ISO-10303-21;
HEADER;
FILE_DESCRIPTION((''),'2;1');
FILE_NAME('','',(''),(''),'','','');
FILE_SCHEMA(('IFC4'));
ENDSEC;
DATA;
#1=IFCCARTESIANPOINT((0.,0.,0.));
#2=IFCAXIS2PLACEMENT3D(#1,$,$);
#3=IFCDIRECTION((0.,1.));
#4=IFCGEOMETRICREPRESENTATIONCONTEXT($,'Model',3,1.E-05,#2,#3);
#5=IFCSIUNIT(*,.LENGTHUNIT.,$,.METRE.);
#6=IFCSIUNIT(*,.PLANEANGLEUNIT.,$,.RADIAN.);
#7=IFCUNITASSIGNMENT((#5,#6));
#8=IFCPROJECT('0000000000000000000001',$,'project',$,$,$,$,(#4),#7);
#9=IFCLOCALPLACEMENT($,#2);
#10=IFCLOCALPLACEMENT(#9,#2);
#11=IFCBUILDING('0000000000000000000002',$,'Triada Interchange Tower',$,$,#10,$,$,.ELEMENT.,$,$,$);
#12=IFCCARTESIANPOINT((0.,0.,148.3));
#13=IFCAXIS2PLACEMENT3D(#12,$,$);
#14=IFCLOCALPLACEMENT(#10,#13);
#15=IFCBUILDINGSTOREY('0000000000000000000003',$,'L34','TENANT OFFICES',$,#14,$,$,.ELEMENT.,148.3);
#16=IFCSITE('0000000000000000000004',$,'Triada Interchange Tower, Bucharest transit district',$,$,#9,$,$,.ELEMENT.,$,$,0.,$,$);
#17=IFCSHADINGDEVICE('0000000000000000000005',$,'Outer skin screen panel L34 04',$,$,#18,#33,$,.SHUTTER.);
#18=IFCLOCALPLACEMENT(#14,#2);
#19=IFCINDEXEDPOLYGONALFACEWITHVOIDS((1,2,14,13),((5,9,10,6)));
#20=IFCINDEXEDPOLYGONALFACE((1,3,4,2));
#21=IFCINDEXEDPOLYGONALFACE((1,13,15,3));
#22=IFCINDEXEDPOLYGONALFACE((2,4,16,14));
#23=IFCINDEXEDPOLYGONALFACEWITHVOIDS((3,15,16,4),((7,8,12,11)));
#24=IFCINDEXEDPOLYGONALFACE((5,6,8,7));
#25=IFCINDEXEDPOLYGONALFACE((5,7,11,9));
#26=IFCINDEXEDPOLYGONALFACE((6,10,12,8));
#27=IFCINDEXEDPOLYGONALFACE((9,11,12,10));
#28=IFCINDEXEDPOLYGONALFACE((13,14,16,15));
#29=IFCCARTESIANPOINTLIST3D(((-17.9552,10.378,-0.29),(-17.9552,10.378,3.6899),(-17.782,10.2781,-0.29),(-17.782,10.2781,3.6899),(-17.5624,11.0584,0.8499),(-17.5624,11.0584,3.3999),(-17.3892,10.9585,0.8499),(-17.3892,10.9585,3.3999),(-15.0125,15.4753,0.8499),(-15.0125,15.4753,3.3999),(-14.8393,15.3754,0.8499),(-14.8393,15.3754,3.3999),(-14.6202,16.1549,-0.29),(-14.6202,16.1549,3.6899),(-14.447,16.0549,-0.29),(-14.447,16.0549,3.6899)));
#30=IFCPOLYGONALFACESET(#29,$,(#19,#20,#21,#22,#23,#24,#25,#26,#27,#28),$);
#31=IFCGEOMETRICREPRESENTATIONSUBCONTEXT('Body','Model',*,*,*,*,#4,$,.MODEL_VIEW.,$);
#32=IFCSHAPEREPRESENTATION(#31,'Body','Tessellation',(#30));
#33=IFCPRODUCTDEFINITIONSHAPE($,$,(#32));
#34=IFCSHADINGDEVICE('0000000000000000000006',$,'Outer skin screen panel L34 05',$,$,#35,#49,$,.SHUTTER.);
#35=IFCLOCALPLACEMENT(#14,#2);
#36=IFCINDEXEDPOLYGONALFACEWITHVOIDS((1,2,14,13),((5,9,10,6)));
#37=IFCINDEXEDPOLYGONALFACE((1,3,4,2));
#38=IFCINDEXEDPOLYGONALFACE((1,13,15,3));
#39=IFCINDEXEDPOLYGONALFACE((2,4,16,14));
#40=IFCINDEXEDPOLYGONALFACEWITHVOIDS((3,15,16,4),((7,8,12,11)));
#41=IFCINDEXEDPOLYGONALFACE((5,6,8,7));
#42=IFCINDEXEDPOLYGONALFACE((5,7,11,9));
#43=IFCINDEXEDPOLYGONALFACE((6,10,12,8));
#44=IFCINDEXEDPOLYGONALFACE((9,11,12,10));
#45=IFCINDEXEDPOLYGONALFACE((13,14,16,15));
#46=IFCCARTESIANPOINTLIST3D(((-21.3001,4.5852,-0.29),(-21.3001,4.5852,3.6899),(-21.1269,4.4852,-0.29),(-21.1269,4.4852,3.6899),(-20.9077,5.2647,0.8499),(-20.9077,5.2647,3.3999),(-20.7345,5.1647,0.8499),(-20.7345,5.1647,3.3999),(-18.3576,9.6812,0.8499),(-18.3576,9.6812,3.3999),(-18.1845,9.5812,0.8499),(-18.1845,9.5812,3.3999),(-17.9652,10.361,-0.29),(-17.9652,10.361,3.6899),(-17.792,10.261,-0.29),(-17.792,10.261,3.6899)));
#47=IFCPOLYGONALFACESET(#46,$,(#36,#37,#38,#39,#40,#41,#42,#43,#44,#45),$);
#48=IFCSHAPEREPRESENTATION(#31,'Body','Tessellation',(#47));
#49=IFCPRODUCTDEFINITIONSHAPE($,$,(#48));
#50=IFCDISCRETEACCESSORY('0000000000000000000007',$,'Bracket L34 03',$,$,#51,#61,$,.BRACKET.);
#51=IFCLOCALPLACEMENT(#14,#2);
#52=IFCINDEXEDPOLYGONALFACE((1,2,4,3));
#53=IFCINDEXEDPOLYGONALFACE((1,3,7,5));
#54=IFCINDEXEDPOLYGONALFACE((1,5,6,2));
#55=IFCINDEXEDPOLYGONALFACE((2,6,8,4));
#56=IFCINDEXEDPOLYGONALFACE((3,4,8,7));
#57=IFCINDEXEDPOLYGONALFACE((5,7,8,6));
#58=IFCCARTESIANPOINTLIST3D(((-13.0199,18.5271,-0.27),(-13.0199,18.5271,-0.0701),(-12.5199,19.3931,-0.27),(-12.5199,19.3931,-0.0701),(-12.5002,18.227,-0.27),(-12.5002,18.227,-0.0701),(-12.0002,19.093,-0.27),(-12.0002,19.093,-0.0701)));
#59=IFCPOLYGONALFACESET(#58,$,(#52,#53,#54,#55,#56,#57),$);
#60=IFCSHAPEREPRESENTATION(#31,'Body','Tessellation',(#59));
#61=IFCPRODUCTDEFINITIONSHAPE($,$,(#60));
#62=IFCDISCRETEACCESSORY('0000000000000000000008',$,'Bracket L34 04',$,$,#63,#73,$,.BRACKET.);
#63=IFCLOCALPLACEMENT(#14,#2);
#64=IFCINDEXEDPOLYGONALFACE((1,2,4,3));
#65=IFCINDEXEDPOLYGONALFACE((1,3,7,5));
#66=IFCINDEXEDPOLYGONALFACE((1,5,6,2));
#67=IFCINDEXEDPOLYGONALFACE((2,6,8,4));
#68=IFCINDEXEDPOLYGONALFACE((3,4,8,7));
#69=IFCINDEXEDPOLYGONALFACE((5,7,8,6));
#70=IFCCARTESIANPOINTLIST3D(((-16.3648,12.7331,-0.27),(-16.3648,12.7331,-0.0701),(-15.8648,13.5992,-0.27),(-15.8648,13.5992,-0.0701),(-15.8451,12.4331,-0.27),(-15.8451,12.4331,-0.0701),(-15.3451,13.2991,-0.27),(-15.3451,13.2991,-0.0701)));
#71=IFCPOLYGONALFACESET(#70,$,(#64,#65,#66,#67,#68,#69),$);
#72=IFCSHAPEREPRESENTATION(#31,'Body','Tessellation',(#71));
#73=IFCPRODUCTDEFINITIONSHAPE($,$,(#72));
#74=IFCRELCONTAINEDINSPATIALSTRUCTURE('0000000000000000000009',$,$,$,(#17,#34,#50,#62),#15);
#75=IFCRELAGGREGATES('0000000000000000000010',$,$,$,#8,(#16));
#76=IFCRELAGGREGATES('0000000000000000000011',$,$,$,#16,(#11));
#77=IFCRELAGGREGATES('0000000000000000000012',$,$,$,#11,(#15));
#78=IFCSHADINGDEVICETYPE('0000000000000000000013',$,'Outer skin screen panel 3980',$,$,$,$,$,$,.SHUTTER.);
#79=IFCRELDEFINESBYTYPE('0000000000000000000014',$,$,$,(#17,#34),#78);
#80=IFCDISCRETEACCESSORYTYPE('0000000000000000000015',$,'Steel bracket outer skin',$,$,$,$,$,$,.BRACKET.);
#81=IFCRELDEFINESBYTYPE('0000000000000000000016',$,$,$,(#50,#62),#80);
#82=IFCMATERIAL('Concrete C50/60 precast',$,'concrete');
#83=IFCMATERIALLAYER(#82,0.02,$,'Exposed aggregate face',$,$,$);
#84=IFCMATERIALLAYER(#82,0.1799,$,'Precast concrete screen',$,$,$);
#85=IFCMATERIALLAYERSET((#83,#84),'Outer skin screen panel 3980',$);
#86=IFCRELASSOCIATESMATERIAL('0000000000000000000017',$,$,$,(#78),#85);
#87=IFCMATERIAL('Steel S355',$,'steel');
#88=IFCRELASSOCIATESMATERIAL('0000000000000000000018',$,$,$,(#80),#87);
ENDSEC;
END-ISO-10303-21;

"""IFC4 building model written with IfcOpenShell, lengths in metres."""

from ifc_helpers import new_model, si_unit, direction, frame, origin, origin_2d, place, context, subcontext, project, spatial, polyline, rectangle, outline, extrude, material, layer, layer_set, type_object, element, save


model = new_model("IFC4")

# Units and contexts
model_context = context("Model", 3, precision=1e-05, world=origin(), true_north=direction((0.0, 1.0)))
body_context = subcontext(model_context, "Body", "Model", "MODEL_VIEW")
ifc_project = project(units=[si_unit("LENGTHUNIT", "METRE"), si_unit("PLANEANGLEUNIT", "RADIAN")], contexts=[model_context])

# Site, building, storey
site_placement = place(None, origin())
site = spatial("IfcSite", under=ifc_project, at=site_placement, Name="Triada Interchange Tower, Bucharest transit district", CompositionType="ELEMENT", RefElevation=0.0)
building_placement = place(site_placement, origin())
building = spatial("IfcBuilding", under=site, at=building_placement, Name="Triada Interchange Tower", CompositionType="ELEMENT")
storey_placement = place(building_placement, frame((0.0, 0.0, 148.3)))
storey = spatial("IfcBuildingStorey", under=building, at=storey_placement, Name="L34", Description="TENANT OFFICES", CompositionType="ELEMENT", Elevation=148.3)

# Shading devices
ifc_material_1 = material(Name="Concrete C50/60 precast", Category="concrete")
ifc_layer_1 = layer(ifc_material_1, 0.02, Name="Exposed aggregate face")
ifc_layer_2 = layer(ifc_material_1, 0.1799, Name="Precast concrete screen")
ifc_layer_set_1 = layer_set([ifc_layer_1, ifc_layer_2], Name="Outer skin screen panel 3980")
shading_device_type = type_object("IfcShadingDeviceType", Name="Outer skin screen panel 3980", PredefinedType="SHUTTER", material=ifc_layer_set_1)
shading_device_1_placement = place(storey_placement, frame((-14.447, 16.0549, -0.29), z_axis=(0.0, 0.0, 1.0), x_axis=(-0.499965, -0.866045, 0.0)))
element("IfcShadingDevice", 1, at=shading_device_1_placement, inside=storey, type_object=shading_device_type, Name="Outer skin screen panel L34 04", PredefinedType="SHUTTER", context=body_context, shape_type="SweptSolid", body=[
    extrude(outline(polyline([(0.0, 0.0), (6.6704, 0.0), (6.6704, 3.98), (0.0, 3.98), (0.0, 0.0)]), holes=[polyline([(0.7847, 1.1399), (0.7847, 3.6899), (5.8848, 3.6899), (5.8848, 1.1399), (0.7847, 1.1399)])]), frame((0.0, 0.0, 0.0), z_axis=(0.0, -1.0, 0.0), x_axis=(1.0, 0.0, 0.0)), (0.0, 0.0, 1.0), 0.2),
])
shading_device_2_placement = place(storey_placement, frame((-17.792, 10.261, -0.29), z_axis=(0.0, 0.0, 1.0), x_axis=(-0.500029, -0.866009, 0.0)))
element("IfcShadingDevice", 2, at=shading_device_2_placement, inside=storey, type_object=shading_device_type, Name="Outer skin screen panel L34 05", PredefinedType="SHUTTER", context=body_context, shape_type="SweptSolid", body=[
    extrude(outline(polyline([(0.0, 0.0), (6.6694, 0.0), (6.6694, 3.98), (0.0, 3.98), (0.0, 0.0)]), holes=[polyline([(0.7849, 1.1399), (0.7849, 3.6899), (5.8848, 3.6899), (5.8848, 1.1399), (0.7849, 1.1399)])]), frame((0.0, 0.0, 0.0), z_axis=(0.0, -1.0, 0.0), x_axis=(1.0, 0.0, 0.0)), (0.0, 0.0, 1.0), 0.2),
])

# Discrete accessories
ifc_material_2 = material(Name="Steel S355", Category="steel")
discrete_accessory_type = type_object("IfcDiscreteAccessoryType", Name="Steel bracket outer skin", PredefinedType="BRACKET", material=ifc_material_2)
for number, where, z_axis, x_axis, name in (
    (3, (-12.51, 18.8101, -0.27), (0.0, 0.0, 1.0), (-0.866021, 0.500007, 0.0), "Bracket L34 03"),
    (4, (-15.855, 13.0161, -0.27), (0.0, 0.0, 1.0), (-0.866021, 0.500007, 0.0), "Bracket L34 04"),
):
    element("IfcDiscreteAccessory", number, at=place(storey_placement, frame(where, z_axis=z_axis, x_axis=x_axis)), inside=storey, type_object=discrete_accessory_type, Name=name, PredefinedType="BRACKET", context=body_context, shape_type="SweptSolid", body=[
        extrude(rectangle(XDim=0.6001, YDim=1.0, at=origin_2d()), origin(), (0.0, 0.0, 1.0), 0.2),
    ])

save(model, "model.ifc")
